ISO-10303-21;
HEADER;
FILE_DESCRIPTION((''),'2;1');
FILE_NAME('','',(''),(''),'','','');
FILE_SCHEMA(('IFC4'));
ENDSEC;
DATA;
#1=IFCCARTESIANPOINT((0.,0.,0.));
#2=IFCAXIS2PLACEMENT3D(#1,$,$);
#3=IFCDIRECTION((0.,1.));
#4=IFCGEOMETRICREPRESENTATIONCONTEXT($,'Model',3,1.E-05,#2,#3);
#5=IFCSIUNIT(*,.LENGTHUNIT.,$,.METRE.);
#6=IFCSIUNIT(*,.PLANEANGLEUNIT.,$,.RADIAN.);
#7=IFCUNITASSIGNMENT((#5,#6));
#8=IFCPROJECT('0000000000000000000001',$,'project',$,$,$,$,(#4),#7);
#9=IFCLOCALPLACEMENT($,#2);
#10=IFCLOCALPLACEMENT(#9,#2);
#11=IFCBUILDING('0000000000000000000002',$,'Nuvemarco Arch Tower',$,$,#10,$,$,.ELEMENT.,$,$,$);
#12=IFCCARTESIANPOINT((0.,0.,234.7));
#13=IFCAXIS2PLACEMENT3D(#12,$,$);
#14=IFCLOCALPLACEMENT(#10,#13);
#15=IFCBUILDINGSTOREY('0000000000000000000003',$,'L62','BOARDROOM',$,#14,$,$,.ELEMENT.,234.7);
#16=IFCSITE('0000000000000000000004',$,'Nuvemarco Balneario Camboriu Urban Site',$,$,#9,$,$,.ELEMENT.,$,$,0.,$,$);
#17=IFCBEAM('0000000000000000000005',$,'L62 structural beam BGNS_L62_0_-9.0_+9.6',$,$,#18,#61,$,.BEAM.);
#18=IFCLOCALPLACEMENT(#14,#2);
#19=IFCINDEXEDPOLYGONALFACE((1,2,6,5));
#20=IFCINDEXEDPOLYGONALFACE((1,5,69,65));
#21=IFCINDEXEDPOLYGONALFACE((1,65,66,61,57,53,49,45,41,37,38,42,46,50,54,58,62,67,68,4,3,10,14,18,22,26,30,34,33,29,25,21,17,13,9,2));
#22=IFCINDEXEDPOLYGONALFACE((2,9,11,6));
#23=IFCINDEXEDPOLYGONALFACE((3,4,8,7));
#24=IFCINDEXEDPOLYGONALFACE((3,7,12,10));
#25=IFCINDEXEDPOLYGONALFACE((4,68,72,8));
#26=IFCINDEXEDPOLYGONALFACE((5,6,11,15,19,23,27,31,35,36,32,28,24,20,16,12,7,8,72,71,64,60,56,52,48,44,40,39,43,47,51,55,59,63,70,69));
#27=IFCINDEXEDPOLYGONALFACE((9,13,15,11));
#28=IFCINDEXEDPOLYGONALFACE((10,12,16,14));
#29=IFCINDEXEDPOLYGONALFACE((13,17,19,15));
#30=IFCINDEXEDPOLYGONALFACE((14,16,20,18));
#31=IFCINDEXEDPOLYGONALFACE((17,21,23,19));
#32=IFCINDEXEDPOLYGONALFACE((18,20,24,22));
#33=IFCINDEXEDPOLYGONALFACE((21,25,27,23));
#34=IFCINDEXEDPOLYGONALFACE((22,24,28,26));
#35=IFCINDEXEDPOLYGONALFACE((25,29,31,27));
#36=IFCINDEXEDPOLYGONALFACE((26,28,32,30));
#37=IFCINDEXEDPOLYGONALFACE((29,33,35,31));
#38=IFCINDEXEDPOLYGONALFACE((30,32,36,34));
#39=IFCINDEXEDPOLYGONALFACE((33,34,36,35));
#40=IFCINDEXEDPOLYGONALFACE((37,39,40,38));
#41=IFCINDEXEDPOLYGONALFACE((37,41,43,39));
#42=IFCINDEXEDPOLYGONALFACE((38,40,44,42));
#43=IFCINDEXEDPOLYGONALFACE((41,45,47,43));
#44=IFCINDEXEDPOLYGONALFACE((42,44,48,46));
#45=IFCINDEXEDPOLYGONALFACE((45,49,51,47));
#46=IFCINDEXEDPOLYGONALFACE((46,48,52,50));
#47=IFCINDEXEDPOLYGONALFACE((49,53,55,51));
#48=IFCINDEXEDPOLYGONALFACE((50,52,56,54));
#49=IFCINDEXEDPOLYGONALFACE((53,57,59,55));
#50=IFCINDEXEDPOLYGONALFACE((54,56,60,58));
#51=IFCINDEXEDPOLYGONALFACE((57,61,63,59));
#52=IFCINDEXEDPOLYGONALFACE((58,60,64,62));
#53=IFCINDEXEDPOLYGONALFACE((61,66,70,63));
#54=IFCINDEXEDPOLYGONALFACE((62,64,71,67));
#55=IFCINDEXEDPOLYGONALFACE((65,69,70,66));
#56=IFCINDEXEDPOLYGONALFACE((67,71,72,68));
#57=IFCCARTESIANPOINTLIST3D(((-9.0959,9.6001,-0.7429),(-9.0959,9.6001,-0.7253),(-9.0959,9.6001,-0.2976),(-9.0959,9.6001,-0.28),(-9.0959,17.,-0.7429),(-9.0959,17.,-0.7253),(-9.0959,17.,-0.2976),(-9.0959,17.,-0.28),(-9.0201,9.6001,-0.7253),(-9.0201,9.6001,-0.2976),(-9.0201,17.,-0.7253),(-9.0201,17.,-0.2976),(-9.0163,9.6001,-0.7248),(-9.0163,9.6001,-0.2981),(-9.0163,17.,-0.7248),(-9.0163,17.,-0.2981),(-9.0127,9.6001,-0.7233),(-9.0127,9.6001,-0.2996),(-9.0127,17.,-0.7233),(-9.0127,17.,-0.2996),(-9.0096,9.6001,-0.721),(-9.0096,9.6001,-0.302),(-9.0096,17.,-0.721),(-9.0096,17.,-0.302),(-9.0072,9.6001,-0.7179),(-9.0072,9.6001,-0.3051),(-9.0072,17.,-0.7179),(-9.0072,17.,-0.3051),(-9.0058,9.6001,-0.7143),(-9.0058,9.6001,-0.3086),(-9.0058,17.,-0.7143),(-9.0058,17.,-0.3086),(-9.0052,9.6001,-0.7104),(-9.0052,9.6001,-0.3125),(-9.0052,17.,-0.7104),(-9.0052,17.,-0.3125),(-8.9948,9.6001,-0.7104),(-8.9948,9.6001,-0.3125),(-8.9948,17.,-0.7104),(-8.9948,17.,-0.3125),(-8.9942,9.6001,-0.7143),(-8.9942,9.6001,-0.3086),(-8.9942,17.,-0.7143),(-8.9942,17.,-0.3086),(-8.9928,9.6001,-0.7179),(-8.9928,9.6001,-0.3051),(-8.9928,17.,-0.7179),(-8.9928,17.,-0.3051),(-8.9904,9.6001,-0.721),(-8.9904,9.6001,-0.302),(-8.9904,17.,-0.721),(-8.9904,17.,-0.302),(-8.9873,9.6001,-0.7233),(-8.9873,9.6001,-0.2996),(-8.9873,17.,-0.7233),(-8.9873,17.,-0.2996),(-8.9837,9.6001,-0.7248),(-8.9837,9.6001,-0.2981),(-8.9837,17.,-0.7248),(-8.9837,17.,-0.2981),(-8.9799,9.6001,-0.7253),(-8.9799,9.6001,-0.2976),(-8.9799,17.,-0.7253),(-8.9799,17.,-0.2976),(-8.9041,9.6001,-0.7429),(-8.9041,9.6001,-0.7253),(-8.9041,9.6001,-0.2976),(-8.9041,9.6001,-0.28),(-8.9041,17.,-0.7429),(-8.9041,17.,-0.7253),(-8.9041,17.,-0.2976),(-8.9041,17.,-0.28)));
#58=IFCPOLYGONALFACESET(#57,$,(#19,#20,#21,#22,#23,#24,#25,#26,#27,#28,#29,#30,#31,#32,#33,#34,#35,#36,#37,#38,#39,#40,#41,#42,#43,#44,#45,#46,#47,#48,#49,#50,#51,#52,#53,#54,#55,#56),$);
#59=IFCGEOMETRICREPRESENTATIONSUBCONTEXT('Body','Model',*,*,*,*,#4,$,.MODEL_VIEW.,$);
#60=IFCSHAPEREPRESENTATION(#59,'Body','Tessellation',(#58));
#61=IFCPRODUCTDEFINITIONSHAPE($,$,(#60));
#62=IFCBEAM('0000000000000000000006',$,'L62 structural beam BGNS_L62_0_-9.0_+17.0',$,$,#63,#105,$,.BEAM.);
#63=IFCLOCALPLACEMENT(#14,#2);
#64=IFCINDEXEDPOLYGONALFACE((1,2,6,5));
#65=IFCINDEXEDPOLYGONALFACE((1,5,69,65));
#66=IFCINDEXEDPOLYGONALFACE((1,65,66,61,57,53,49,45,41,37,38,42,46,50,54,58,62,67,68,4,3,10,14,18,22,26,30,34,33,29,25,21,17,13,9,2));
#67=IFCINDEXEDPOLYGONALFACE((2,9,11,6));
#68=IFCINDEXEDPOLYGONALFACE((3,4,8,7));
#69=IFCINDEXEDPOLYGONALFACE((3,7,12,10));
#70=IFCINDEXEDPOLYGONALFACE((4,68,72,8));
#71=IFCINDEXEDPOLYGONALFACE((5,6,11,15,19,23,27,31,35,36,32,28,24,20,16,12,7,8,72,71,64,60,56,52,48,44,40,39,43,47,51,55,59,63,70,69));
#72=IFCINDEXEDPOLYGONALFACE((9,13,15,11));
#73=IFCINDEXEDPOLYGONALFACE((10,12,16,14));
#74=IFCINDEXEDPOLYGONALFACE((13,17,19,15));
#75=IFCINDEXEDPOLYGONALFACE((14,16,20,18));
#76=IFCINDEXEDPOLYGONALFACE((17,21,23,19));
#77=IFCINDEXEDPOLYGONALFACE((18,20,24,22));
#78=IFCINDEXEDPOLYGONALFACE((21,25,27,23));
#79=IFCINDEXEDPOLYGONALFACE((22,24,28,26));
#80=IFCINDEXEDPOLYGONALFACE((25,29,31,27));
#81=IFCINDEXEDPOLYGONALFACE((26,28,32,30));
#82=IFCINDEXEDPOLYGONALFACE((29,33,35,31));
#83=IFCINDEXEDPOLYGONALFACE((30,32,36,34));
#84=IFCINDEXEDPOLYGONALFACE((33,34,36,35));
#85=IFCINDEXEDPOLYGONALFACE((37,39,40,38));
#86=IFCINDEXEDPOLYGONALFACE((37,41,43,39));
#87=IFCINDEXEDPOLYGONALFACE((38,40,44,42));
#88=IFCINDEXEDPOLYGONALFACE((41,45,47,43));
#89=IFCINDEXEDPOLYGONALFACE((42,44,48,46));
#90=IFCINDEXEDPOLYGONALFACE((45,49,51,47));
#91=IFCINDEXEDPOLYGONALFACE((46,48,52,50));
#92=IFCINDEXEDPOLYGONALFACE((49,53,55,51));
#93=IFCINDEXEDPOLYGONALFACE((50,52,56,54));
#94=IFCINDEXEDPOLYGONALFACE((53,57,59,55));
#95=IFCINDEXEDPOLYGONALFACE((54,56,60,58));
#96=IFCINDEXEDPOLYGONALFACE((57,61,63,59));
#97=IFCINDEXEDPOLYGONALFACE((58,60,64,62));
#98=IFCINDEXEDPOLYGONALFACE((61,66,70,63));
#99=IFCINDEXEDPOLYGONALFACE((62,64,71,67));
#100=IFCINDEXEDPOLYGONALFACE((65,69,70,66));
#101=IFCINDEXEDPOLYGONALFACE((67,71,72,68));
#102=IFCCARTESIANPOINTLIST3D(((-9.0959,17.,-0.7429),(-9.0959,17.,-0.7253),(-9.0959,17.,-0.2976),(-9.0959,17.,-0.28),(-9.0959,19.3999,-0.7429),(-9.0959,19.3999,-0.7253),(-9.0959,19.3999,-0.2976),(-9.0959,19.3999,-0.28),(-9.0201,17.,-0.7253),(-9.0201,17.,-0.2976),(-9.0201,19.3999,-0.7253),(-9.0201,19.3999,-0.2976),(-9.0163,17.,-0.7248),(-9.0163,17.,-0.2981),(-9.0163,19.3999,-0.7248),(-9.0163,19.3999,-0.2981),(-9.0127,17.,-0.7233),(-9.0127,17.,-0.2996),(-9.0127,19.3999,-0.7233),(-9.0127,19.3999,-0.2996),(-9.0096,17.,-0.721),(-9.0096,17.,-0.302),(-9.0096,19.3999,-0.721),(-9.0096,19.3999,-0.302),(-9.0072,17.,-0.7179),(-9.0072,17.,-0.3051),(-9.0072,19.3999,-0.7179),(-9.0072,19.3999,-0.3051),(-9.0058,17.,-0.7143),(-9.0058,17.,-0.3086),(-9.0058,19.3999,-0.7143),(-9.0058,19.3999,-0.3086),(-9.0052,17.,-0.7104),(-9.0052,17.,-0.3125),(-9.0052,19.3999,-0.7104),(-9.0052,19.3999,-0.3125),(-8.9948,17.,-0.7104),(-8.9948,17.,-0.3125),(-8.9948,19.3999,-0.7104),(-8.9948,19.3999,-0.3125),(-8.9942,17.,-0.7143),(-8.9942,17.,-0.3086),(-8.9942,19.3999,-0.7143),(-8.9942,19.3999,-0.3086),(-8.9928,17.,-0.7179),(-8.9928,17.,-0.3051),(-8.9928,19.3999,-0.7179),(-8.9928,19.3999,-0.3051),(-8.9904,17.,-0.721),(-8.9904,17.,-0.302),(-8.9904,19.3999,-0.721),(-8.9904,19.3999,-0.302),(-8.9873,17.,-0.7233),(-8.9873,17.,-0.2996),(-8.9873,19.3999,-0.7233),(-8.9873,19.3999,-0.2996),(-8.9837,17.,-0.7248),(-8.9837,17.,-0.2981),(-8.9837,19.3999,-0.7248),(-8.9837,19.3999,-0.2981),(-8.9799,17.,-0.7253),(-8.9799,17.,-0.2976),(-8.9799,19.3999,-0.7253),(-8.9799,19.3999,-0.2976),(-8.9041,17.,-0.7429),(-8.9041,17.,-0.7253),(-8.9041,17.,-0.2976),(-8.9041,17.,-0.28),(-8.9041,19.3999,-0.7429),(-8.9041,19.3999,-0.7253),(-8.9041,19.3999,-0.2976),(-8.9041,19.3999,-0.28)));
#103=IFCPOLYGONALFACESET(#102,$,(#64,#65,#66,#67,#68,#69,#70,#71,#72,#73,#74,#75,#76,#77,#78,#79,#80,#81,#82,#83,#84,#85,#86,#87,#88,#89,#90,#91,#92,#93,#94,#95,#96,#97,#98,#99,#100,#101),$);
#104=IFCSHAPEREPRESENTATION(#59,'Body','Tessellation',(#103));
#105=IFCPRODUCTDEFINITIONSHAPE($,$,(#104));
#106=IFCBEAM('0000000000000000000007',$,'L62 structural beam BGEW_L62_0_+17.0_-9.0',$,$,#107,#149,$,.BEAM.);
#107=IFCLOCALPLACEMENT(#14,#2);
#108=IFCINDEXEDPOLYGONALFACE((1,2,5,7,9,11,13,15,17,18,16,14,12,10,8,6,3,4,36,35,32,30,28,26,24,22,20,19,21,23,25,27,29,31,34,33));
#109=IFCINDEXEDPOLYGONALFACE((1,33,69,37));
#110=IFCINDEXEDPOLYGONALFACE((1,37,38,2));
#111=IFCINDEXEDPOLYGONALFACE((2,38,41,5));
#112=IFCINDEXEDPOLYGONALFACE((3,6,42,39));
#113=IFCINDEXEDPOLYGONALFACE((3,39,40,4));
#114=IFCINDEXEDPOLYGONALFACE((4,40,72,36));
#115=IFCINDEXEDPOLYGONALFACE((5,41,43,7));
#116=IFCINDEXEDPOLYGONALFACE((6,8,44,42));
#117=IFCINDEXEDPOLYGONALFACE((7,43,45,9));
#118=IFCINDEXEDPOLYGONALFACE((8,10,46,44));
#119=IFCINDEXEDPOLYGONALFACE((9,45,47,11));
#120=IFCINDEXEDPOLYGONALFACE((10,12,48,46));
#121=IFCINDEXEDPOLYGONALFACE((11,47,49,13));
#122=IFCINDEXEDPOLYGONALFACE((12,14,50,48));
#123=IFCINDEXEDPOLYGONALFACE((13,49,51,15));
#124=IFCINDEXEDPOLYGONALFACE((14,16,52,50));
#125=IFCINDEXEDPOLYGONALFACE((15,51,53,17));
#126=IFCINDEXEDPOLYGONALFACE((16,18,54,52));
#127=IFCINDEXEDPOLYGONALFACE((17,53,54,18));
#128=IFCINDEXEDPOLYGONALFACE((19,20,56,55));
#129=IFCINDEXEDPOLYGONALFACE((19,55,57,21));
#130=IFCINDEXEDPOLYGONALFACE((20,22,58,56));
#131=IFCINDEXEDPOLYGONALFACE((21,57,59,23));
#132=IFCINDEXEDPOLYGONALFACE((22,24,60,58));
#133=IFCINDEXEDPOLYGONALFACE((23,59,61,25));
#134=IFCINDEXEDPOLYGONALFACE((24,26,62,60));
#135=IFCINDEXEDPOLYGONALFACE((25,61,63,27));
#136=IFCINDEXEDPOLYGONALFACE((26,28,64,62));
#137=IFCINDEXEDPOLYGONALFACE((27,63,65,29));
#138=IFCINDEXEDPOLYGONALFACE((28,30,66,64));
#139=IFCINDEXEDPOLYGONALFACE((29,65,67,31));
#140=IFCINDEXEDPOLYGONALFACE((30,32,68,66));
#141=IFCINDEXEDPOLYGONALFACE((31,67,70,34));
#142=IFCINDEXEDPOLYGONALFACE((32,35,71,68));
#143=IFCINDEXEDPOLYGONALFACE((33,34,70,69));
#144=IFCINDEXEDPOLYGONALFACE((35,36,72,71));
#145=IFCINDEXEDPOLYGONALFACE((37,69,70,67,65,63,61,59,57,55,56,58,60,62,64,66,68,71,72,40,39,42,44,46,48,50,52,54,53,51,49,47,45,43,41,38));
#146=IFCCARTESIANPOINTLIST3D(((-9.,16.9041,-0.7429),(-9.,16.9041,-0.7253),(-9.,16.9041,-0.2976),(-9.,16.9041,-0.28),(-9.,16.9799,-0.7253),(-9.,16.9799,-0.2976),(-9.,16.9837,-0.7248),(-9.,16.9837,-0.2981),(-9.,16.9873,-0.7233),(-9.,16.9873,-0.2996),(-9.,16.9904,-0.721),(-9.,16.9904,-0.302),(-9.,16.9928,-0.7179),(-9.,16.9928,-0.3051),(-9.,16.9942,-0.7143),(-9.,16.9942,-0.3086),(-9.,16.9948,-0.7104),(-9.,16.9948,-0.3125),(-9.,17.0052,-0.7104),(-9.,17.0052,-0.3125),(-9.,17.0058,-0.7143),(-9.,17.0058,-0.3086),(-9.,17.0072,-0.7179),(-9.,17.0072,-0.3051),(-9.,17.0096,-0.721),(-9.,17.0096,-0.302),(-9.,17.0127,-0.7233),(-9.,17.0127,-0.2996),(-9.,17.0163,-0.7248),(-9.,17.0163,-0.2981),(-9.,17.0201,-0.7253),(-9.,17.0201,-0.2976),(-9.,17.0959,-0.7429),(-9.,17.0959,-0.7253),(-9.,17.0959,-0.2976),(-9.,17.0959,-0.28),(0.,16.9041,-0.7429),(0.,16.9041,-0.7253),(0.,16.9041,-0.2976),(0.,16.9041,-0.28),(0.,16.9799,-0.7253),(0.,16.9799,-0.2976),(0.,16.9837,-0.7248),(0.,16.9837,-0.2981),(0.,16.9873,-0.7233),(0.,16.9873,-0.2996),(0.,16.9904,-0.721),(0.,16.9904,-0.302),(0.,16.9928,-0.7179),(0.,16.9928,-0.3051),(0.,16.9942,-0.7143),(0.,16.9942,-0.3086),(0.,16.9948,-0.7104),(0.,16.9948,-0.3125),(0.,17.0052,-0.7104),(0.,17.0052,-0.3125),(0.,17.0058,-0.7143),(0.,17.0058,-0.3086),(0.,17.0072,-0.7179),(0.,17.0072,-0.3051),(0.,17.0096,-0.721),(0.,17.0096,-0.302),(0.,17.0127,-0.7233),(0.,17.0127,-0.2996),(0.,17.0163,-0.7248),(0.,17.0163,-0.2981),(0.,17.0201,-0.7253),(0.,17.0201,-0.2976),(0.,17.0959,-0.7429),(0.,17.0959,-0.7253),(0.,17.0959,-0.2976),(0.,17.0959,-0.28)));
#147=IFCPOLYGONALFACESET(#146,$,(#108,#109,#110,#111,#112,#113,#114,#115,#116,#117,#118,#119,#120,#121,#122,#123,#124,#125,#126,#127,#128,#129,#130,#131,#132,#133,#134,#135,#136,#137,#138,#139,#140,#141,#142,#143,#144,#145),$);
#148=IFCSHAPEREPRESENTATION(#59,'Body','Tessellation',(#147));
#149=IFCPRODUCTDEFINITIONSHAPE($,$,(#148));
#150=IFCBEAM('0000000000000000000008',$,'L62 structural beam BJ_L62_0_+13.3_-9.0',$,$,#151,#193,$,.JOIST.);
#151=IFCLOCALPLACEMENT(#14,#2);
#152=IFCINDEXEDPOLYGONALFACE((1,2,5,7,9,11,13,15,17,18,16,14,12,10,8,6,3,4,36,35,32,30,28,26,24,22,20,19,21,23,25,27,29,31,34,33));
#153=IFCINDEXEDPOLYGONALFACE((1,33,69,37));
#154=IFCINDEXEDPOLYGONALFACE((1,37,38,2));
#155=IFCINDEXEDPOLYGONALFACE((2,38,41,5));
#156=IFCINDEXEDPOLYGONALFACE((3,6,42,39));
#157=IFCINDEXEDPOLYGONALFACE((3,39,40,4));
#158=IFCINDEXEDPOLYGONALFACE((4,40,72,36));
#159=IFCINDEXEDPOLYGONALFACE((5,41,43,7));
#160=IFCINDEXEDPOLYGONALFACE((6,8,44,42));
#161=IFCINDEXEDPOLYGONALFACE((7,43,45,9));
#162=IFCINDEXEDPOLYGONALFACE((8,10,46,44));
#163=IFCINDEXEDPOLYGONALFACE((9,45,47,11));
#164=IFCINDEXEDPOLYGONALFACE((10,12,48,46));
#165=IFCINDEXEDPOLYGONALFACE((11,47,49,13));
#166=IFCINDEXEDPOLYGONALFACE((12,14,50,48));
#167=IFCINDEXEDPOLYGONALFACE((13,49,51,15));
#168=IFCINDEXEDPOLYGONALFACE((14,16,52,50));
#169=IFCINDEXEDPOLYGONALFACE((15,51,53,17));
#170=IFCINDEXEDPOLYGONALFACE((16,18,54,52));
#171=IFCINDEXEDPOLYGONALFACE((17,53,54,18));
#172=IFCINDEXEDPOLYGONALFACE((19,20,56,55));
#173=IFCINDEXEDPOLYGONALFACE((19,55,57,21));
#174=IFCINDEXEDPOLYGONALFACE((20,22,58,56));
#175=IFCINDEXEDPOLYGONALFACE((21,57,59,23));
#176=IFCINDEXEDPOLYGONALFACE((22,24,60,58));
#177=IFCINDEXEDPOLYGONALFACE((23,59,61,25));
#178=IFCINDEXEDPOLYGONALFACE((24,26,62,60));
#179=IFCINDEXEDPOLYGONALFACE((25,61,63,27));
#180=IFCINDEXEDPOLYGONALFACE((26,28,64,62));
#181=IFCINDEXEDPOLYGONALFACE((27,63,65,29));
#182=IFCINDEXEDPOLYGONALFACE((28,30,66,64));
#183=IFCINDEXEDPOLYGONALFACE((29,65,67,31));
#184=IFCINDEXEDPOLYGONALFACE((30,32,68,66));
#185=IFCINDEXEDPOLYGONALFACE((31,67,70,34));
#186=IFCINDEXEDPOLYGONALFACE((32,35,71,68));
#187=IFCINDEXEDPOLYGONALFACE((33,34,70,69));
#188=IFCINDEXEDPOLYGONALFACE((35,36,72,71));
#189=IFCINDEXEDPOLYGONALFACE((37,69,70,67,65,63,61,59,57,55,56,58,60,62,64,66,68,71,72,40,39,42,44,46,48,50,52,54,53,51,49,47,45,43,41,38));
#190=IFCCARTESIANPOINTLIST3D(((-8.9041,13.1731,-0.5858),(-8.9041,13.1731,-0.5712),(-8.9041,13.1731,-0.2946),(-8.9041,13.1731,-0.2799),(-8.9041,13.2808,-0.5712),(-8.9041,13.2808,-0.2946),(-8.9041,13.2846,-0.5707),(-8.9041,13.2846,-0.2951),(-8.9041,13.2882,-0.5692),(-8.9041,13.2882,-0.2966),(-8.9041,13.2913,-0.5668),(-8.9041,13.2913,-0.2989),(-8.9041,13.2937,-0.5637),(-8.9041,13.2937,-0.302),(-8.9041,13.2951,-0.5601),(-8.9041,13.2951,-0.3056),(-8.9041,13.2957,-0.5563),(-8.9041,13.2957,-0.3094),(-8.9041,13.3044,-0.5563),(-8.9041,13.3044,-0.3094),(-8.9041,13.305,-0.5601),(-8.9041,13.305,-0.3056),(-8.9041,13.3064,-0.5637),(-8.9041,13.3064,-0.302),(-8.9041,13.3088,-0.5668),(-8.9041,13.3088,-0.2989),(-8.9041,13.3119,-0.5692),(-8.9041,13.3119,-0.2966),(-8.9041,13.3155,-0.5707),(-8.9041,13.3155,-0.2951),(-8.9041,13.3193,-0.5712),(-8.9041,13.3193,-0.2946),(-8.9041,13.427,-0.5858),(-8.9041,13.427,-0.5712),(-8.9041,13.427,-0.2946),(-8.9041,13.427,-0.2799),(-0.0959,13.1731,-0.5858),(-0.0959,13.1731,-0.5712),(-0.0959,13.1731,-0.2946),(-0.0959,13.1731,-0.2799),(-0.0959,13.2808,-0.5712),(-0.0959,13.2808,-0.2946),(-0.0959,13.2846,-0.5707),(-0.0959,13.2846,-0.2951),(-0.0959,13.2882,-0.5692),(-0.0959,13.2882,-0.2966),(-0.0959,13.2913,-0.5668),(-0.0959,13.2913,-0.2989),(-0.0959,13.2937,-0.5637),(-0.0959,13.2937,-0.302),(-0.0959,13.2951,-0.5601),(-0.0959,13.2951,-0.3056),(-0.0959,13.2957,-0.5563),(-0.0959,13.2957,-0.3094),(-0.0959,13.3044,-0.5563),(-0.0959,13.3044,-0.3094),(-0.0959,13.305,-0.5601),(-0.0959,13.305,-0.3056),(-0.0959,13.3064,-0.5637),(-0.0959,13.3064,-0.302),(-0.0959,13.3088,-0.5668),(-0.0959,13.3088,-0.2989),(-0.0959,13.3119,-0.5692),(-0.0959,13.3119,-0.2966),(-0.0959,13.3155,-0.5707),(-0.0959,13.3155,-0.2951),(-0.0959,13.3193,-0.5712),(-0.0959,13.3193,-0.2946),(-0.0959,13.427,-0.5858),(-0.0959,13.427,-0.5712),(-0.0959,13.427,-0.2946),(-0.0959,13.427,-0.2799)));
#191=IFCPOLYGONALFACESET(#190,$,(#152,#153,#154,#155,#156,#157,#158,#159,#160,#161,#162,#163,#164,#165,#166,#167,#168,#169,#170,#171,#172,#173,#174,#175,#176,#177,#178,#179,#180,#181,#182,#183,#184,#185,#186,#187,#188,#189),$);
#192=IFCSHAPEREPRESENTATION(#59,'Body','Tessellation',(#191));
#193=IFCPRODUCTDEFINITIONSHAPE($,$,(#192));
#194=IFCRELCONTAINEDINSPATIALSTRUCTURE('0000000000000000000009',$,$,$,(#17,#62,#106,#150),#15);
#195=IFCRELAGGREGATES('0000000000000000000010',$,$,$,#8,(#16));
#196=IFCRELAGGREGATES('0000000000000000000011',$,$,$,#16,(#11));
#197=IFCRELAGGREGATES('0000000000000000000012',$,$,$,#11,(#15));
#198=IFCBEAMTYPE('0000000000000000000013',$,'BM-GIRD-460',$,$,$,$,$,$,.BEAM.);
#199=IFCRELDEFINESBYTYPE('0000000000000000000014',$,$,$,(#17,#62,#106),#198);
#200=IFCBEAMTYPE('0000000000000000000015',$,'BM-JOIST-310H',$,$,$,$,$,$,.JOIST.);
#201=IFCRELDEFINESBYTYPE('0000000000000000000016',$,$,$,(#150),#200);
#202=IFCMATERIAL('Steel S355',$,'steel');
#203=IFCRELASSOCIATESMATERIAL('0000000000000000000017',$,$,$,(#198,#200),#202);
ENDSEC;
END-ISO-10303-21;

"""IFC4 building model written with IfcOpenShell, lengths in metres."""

from ifc_helpers import new_model, si_unit, direction, frame, origin, origin_2d, place, context, subcontext, project, spatial, i_section, extrude, material, material_profile, profile_set, type_object, element, save


model = new_model("IFC4")

# Units and contexts
model_context = context("Model", 3, precision=1e-05, world=origin(), true_north=direction((0.0, 1.0)))
body_context = subcontext(model_context, "Body", "Model", "MODEL_VIEW")
ifc_project = project(units=[si_unit("LENGTHUNIT", "METRE"), si_unit("PLANEANGLEUNIT", "RADIAN")], contexts=[model_context])

# Site, building, storey
site_placement = place(None, origin())
site = spatial("IfcSite", under=ifc_project, at=site_placement, Name="Nuvemarco Balneario Camboriu Urban Site", CompositionType="ELEMENT", RefElevation=0.0)
building_placement = place(site_placement, origin())
building = spatial("IfcBuilding", under=site, at=building_placement, Name="Nuvemarco Arch Tower", CompositionType="ELEMENT")
storey_placement = place(building_placement, frame((0.0, 0.0, 234.7)))
storey = spatial("IfcBuildingStorey", under=building, at=storey_placement, Name="L62", Description="BOARDROOM", CompositionType="ELEMENT", Elevation=234.7)

# Shared definitions
ifc_material_1 = material(Name="Steel S355", Category="steel")

# Beams
ifc_material_profile_1 = material_profile(ifc_material_1, i_section(OverallWidth=0.1919, OverallDepth=0.4629, WebThickness=0.0105, FlangeThickness=0.0176, FilletRadius=0.0149, at=origin_2d()), Name="W460x89")
ifc_profile_set_1 = profile_set([ifc_material_profile_1], Name="Steel S355")
beam_type_1 = type_object("IfcBeamType", Name="BM-GIRD-460", PredefinedType="BEAM", material=ifc_profile_set_1)
beam_1_placement = place(storey_placement, frame((-9.0, 9.6001, -0.5115), z_axis=(0.0, 1.0, 0.0), x_axis=(-1.0, 0.0, 0.0)))
element("IfcBeam", 1, at=beam_1_placement, inside=storey, type_object=beam_type_1, Name="L62 structural beam BGNS_L62_0_-9.0_+9.6", PredefinedType="BEAM", context=body_context, shape_type="SweptSolid", body=[
    extrude(i_section(OverallWidth=0.1919, OverallDepth=0.4629, WebThickness=0.0105, FlangeThickness=0.0176, FilletRadius=0.0149, at=origin_2d()), origin(), (0.0, 0.0, 1.0), 7.3999),
])
beam_2_placement = place(storey_placement, frame((-9.0, 17.0, -0.5115), z_axis=(0.0, 1.0, 0.0), x_axis=(-1.0, 0.0, 0.0)))
element("IfcBeam", 2, at=beam_2_placement, inside=storey, type_object=beam_type_1, Name="L62 structural beam BGNS_L62_0_-9.0_+17.0", PredefinedType="BEAM", context=body_context, shape_type="SweptSolid", body=[
    extrude(i_section(OverallWidth=0.1919, OverallDepth=0.4629, WebThickness=0.0105, FlangeThickness=0.0176, FilletRadius=0.0149, at=origin_2d()), origin(), (0.0, 0.0, 1.0), 2.3999),
])
beam_3_placement = place(storey_placement, frame((-9.0, 17.0, -0.5115), z_axis=(1.0, 0.0, 0.0), x_axis=(0.0, 1.0, 0.0)))
element("IfcBeam", 3, at=beam_3_placement, inside=storey, type_object=beam_type_1, Name="L62 structural beam BGEW_L62_0_+17.0_-9.0", PredefinedType="BEAM", context=body_context, shape_type="SweptSolid", body=[
    extrude(i_section(OverallWidth=0.1919, OverallDepth=0.4629, WebThickness=0.0105, FlangeThickness=0.0176, FilletRadius=0.0149, at=origin_2d()), origin(), (0.0, 0.0, 1.0), 9.0),
])
ifc_material_profile_2 = material_profile(ifc_material_1, i_section(OverallWidth=0.2539, OverallDepth=0.3059, WebThickness=0.0088, FlangeThickness=0.0146, FilletRadius=0.0149, at=origin_2d()), Name="W310x79")
ifc_profile_set_2 = profile_set([ifc_material_profile_2], Name="Steel S355")
beam_type_2 = type_object("IfcBeamType", Name="BM-JOIST-310H", PredefinedType="JOIST", material=ifc_profile_set_2)
beam_4_placement = place(storey_placement, frame((-8.9041, 13.3, -0.4329), z_axis=(1.0, 0.0, 0.0), x_axis=(0.0, 1.0, 0.0)))
element("IfcBeam", 4, at=beam_4_placement, inside=storey, type_object=beam_type_2, Name="L62 structural beam BJ_L62_0_+13.3_-9.0", PredefinedType="JOIST", context=body_context, shape_type="SweptSolid", body=[
    extrude(i_section(OverallWidth=0.2539, OverallDepth=0.3059, WebThickness=0.0088, FlangeThickness=0.0146, FilletRadius=0.0149, at=origin_2d()), origin(), (0.0, 0.0, 1.0), 8.8081),
])

save(model, "model.ifc")
